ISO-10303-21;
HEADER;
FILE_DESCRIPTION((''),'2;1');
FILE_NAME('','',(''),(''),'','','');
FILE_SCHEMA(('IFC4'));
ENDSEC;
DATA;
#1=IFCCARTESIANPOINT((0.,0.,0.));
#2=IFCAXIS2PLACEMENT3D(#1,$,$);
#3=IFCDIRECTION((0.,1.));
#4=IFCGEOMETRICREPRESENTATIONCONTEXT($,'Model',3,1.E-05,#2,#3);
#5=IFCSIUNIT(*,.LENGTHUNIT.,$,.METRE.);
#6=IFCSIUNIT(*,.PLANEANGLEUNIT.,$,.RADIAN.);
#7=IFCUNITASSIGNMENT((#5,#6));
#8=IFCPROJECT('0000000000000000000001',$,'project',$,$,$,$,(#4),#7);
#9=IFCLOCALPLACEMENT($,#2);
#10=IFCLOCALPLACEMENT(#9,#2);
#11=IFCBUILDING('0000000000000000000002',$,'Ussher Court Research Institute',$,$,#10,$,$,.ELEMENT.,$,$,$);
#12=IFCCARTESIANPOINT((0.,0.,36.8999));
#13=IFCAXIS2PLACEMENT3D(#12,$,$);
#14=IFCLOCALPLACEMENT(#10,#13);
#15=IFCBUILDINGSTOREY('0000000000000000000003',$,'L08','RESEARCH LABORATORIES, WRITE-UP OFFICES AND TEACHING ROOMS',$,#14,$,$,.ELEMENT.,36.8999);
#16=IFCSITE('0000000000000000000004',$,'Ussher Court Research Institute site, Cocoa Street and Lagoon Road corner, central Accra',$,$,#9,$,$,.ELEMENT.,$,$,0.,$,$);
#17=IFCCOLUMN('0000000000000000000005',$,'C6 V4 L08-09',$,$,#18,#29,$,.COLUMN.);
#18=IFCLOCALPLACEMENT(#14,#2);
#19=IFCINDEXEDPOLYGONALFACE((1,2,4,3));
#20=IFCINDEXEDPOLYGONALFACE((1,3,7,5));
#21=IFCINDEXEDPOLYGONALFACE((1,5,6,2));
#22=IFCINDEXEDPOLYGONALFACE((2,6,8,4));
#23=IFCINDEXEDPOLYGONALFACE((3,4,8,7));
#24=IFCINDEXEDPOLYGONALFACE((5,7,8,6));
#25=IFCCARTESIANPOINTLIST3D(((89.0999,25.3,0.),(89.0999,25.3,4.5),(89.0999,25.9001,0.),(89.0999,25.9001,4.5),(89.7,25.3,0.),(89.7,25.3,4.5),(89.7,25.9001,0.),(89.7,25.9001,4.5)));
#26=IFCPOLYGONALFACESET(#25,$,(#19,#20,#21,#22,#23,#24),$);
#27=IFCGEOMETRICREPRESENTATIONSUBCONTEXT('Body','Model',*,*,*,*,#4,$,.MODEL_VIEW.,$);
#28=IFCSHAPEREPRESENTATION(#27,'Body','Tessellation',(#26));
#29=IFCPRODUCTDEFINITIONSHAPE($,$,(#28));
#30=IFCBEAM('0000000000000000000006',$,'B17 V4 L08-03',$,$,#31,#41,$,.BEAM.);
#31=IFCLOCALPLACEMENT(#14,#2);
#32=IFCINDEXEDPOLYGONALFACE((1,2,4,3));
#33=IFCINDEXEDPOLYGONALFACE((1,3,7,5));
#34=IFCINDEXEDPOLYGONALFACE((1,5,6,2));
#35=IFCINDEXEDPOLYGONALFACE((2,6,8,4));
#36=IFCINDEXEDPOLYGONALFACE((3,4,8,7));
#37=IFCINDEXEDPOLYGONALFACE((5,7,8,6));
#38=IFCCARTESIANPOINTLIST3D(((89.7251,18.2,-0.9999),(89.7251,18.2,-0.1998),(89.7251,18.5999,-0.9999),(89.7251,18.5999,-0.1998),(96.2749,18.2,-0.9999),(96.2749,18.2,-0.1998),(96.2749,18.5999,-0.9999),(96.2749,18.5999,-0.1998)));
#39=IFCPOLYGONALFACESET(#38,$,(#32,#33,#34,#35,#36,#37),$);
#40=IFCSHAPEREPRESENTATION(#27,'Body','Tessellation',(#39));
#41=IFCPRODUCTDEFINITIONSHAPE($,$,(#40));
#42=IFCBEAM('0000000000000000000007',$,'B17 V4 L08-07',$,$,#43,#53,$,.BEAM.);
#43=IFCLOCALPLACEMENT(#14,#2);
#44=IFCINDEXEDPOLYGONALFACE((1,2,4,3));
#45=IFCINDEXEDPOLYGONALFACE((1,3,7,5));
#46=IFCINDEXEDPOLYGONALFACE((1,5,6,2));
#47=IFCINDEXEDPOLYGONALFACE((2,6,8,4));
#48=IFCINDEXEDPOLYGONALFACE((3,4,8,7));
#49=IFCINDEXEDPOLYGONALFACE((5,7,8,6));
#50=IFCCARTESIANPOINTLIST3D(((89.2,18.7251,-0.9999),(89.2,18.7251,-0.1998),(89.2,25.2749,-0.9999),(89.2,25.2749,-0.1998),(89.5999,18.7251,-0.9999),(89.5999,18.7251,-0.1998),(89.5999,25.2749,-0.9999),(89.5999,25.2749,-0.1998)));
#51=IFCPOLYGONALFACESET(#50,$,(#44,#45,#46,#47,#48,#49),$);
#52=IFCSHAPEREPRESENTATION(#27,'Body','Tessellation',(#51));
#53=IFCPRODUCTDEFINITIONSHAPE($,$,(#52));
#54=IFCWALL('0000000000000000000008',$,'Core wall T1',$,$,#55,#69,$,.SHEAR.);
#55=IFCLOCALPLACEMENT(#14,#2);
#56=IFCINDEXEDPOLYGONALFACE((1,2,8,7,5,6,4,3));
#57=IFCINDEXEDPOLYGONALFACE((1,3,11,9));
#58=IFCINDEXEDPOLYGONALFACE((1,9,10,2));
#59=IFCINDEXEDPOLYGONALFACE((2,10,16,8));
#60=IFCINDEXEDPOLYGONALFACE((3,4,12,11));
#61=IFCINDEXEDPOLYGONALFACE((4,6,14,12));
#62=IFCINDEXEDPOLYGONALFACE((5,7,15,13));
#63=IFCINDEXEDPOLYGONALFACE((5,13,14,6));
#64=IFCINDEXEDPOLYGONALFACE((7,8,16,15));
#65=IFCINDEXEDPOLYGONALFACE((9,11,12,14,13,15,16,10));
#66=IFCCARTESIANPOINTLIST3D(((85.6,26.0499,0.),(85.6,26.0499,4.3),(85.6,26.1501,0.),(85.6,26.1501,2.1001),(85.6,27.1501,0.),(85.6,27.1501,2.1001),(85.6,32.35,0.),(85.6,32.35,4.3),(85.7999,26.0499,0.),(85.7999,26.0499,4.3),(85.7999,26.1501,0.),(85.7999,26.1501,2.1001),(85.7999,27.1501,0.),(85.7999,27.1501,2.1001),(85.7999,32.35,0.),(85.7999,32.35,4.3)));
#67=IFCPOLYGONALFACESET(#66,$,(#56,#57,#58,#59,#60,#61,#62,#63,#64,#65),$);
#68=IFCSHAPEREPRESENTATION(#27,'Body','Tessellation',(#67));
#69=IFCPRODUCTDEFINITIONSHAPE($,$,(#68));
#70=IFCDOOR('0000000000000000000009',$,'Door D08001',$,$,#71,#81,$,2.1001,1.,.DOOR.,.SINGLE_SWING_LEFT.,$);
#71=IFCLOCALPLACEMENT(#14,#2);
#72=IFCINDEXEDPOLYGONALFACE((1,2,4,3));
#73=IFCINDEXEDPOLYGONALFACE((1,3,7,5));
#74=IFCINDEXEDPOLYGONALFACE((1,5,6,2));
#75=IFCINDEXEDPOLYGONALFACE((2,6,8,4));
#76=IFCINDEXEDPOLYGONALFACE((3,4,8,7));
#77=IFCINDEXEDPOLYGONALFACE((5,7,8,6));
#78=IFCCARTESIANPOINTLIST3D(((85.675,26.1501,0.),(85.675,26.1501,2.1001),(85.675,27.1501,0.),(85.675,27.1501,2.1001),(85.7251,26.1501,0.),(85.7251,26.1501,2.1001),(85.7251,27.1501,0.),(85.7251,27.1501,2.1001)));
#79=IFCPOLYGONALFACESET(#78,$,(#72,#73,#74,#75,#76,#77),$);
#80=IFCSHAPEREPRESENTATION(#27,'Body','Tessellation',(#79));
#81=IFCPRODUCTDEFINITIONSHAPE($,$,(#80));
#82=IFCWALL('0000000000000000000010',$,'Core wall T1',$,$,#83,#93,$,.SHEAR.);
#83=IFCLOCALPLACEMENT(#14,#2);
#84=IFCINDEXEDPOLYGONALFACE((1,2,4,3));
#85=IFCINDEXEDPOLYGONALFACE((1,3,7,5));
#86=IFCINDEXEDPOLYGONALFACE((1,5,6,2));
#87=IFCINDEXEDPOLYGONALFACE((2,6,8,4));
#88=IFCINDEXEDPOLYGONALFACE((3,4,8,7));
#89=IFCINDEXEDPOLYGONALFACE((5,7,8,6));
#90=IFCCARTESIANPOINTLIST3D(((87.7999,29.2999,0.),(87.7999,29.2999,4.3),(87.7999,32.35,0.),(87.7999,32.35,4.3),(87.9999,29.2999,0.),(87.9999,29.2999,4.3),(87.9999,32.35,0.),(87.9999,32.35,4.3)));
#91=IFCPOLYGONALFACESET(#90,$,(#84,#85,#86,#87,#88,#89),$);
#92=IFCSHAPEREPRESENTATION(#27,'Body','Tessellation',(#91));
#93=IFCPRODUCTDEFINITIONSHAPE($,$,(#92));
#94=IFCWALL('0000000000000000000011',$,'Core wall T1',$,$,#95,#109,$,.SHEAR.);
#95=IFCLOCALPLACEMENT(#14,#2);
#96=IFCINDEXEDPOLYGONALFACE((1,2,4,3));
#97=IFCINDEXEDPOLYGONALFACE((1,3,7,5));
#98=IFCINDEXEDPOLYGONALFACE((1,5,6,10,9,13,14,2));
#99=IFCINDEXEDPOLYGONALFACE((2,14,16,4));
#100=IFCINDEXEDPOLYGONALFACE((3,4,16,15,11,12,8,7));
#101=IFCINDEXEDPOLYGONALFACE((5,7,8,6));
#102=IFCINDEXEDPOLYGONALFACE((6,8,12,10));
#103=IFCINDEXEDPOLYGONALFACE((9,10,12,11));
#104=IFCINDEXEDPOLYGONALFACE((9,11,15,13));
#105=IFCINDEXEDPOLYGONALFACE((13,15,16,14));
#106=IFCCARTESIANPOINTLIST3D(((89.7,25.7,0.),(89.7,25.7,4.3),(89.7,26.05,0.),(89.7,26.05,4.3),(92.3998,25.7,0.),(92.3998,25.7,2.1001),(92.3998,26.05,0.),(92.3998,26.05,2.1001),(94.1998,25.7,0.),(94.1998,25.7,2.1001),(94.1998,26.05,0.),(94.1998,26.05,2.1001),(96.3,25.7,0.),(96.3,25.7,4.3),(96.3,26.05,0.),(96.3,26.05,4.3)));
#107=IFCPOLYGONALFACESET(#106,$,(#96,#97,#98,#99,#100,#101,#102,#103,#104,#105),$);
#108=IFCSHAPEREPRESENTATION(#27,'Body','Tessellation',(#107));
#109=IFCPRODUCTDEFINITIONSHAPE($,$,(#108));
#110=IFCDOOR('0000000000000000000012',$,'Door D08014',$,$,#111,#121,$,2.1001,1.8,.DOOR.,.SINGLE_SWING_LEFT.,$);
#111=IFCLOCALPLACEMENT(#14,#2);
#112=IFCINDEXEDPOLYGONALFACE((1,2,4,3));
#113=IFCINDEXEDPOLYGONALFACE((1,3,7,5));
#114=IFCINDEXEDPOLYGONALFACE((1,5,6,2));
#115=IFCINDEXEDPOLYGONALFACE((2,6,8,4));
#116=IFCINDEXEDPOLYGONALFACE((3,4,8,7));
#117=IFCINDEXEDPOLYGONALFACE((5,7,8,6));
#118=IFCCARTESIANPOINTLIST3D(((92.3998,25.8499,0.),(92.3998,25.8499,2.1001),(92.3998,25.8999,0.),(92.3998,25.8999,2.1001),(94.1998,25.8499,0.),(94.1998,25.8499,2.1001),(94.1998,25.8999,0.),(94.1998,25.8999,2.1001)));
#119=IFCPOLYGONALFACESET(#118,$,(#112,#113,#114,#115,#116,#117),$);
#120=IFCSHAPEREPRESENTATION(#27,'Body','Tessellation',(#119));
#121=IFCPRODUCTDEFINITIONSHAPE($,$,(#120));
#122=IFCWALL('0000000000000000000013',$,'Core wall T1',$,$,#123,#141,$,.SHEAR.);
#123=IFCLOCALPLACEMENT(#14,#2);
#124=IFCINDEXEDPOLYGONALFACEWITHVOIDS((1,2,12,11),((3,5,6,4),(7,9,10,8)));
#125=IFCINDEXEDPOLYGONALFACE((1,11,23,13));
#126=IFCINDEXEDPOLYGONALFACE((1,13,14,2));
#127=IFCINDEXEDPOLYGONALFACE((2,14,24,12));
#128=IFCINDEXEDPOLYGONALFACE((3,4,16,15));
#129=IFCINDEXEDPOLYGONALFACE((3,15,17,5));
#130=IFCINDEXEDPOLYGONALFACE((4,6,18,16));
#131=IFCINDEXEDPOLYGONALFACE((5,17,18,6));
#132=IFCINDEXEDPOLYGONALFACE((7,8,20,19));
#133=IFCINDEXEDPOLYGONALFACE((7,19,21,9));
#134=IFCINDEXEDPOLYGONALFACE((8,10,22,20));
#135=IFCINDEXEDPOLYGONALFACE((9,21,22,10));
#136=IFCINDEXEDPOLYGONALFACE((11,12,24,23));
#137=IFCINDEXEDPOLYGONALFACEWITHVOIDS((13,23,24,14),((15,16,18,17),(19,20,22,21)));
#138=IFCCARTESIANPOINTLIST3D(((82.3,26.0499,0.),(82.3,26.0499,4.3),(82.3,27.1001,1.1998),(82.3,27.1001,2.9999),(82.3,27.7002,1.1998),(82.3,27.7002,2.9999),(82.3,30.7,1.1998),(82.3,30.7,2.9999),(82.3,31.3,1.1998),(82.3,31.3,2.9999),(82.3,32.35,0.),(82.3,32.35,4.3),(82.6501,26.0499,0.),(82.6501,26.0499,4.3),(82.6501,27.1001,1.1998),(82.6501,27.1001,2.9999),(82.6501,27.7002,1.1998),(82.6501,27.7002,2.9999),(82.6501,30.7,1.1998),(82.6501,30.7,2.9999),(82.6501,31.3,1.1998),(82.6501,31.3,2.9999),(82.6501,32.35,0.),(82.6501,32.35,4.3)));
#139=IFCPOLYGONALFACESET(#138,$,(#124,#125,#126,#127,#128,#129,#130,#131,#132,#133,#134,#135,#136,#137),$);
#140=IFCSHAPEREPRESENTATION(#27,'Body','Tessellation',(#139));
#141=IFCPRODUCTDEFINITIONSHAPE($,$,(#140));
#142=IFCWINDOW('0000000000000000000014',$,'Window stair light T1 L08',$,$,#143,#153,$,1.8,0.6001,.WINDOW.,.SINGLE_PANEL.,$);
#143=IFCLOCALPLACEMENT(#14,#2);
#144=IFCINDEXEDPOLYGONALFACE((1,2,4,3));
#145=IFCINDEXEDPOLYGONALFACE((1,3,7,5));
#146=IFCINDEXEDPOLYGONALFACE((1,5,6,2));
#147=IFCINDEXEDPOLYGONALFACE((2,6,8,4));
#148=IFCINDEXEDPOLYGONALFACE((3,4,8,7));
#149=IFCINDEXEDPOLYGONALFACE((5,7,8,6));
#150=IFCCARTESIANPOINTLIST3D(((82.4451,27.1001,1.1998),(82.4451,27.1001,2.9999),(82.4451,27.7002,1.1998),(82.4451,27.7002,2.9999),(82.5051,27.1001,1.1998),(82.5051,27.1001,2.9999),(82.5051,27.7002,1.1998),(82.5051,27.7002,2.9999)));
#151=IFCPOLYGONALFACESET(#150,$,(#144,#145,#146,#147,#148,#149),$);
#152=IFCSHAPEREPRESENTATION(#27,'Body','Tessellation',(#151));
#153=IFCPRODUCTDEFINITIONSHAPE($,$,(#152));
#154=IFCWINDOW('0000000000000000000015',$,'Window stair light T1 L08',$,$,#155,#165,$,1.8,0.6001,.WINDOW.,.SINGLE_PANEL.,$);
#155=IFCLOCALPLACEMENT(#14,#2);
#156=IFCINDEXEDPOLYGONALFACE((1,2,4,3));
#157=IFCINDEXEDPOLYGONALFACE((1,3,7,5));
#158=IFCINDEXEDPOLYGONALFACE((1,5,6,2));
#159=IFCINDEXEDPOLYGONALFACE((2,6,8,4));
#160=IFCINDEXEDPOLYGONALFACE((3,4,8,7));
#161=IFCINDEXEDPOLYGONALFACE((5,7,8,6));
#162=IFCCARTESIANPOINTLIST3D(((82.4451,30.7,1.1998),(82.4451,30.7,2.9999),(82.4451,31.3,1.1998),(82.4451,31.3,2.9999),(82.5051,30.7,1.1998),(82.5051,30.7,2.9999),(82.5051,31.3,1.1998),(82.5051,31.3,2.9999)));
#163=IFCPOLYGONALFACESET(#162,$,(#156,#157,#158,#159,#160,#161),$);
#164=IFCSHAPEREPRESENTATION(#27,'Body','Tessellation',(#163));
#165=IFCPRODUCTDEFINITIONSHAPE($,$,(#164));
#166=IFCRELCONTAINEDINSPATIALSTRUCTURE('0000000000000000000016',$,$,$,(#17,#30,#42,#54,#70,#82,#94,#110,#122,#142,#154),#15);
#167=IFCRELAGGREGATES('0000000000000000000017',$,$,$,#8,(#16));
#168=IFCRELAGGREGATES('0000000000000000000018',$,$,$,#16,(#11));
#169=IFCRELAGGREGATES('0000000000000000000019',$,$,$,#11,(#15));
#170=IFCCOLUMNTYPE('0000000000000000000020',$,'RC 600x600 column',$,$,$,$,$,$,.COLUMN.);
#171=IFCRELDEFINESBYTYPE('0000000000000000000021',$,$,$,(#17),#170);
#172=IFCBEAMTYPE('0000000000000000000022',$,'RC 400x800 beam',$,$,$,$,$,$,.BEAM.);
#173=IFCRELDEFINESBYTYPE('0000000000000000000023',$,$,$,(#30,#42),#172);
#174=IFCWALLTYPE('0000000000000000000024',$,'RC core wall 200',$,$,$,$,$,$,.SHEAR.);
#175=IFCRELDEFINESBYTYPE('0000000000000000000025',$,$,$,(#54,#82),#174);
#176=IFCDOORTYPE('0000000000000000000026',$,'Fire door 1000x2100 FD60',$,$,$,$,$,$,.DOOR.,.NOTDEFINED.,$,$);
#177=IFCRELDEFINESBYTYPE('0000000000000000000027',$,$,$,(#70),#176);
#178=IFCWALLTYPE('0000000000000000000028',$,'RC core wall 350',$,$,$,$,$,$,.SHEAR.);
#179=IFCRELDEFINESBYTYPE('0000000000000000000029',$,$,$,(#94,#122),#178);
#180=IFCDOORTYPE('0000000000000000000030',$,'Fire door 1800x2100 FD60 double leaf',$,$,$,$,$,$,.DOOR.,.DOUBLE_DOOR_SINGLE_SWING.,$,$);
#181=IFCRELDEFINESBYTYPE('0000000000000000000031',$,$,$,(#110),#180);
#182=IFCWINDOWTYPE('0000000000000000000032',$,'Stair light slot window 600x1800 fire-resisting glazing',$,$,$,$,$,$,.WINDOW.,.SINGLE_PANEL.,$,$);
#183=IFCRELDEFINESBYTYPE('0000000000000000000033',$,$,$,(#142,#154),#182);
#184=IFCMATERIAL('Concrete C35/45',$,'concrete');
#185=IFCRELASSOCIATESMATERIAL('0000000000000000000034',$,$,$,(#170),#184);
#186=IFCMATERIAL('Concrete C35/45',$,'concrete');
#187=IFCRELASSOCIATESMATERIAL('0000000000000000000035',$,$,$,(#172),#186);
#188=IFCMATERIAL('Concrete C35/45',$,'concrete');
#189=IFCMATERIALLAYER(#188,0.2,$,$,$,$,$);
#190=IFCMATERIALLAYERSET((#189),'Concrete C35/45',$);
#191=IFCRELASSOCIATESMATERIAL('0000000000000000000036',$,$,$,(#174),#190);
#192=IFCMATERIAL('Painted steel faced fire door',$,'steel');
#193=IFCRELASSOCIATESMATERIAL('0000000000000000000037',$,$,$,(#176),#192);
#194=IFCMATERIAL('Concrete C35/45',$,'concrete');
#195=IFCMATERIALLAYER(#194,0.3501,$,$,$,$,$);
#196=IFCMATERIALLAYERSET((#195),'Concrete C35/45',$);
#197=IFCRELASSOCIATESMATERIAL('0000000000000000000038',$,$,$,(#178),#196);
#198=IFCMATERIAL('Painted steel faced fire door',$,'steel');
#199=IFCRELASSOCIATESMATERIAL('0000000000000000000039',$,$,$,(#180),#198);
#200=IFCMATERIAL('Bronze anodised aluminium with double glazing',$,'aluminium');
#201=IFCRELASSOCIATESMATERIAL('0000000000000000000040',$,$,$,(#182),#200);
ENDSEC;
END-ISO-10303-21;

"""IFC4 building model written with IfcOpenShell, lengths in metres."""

from ifc_helpers import new_model, si_unit, direction, frame, frame_2d, origin, origin_2d, place, context, subcontext, project, spatial, rectangle, extrude, material, layer, layer_set, material_profile, profile_set, type_object, element, fill, save


model = new_model("IFC4")

# Units and contexts
model_context = context("Model", 3, precision=1e-05, world=origin(), true_north=direction((0.0, 1.0)))
body_context = subcontext(model_context, "Body", "Model", "MODEL_VIEW")
ifc_project = project(units=[si_unit("LENGTHUNIT", "METRE"), si_unit("PLANEANGLEUNIT", "RADIAN")], contexts=[model_context])

# Site, building, storey
site_placement = place(None, origin())
site = spatial("IfcSite", under=ifc_project, at=site_placement, Name="Ussher Court Research Institute site, Cocoa Street and Lagoon Road corner, central Accra", CompositionType="ELEMENT", RefElevation=0.0)
building_placement = place(site_placement, origin())
building = spatial("IfcBuilding", under=site, at=building_placement, Name="Ussher Court Research Institute", CompositionType="ELEMENT")
storey_placement = place(building_placement, frame((0.0, 0.0, 36.8999)))
storey = spatial("IfcBuildingStorey", under=building, at=storey_placement, Name="L08", Description="RESEARCH LABORATORIES, WRITE-UP OFFICES AND TEACHING ROOMS", CompositionType="ELEMENT", Elevation=36.8999)

# Column
ifc_material_1 = material(Name="Concrete C35/45", Category="concrete")
ifc_material_profile_1 = material_profile(ifc_material_1, rectangle(XDim=0.6001, YDim=0.6001, at=origin_2d()), Name="RC 600x600")
ifc_profile_set_1 = profile_set([ifc_material_profile_1], Name="Concrete C35/45")
column_type = type_object("IfcColumnType", Name="RC 600x600 column", PredefinedType="COLUMN", material=ifc_profile_set_1)
column_placement = place(storey_placement, frame((89.3999, 25.6001, 0.0), z_axis=(0.0, 0.0, 1.0), x_axis=(1.0, 0.0, 0.0)))
element("IfcColumn", 1, at=column_placement, inside=storey, type_object=column_type, Name="C6 V4 L08-09", PredefinedType="COLUMN", context=body_context, shape_type="SweptSolid", body=[
    extrude(rectangle(XDim=0.6001, YDim=0.6001, at=origin_2d()), origin(), (0.0, 0.0, 1.0), 4.5),
])

# Beams
ifc_material_2 = material(Name="Concrete C35/45", Category="concrete")
ifc_material_profile_2 = material_profile(ifc_material_2, rectangle(XDim=0.3999, YDim=0.8, at=origin_2d()), Name="RC 400x800")
ifc_profile_set_2 = profile_set([ifc_material_profile_2], Name="Concrete C35/45")
beam_type = type_object("IfcBeamType", Name="RC 400x800 beam", PredefinedType="BEAM", material=ifc_profile_set_2)
for number, where, z_axis, x_axis, name in (
    (2, (89.7251, 18.3999, -0.5999), (1.0, 0.0, 0.0), (0.0, 1.0, 0.0), "B17 V4 L08-03"),
    (3, (89.3999, 18.7251, -0.5999), (0.0, 1.0, 0.0), (-1.0, 0.0, 0.0), "B17 V4 L08-07"),
):
    element("IfcBeam", number, at=place(storey_placement, frame(where, z_axis=z_axis, x_axis=x_axis)), inside=storey, type_object=beam_type, Name=name, PredefinedType="BEAM", context=body_context, shape_type="SweptSolid", body=[
        extrude(rectangle(XDim=0.3999, YDim=0.8, at=origin_2d()), origin(), (0.0, 0.0, 1.0), 6.5498),
    ])

# Wall, opening, door
ifc_material_3 = material(Name="Concrete C35/45", Category="concrete")
ifc_layer_1 = layer(ifc_material_3, 0.2)
ifc_layer_set_1 = layer_set([ifc_layer_1], Name="Concrete C35/45")
wall_type_1 = type_object("IfcWallType", Name="RC core wall 200", PredefinedType="SHEAR", material=ifc_layer_set_1)
wall_1_placement = place(storey_placement, frame((85.7, 26.05, 0.0), z_axis=(0.0, 0.0, 1.0), x_axis=(0.0, 1.0, 0.0)))
wall_1 = element("IfcWall", 4, at=wall_1_placement, inside=storey, type_object=wall_type_1, Name="Core wall T1", PredefinedType="SHEAR", context=body_context, shape_type="SweptSolid", body=[
    extrude(rectangle(XDim=6.3, YDim=0.2, at=frame_2d((3.1499, 0.0))), origin(), (0.0, 0.0, 1.0), 4.3),
])
opening_1_placement = place(wall_1_placement, frame((0.1001, 0.0, 0.0)))
opening_1 = element("IfcOpeningElement", 5, at=opening_1_placement, cuts=wall_1, PredefinedType="OPENING", context=body_context, shape_type="SweptSolid", body=[
    extrude(rectangle(XDim=1.0, YDim=2.1001, at=frame_2d((0.5, 1.05))), frame((0.0, 0.1099, 0.0), z_axis=(0.0, -1.0, 0.0), x_axis=(1.0, 0.0, 0.0)), (0.0, 0.0, 1.0), 0.22),
])
ifc_material_4 = material(Name="Painted steel faced fire door", Category="steel")
door_type_1 = type_object("IfcDoorType", Name="Fire door 1000x2100 FD60", OperationType="NOTDEFINED", PredefinedType="DOOR", material=ifc_material_4)
door_1_placement = place(opening_1_placement, origin())
door_1 = element("IfcDoor", 6, at=door_1_placement, inside=storey, type_object=door_type_1, Name="Door D08001", OperationType="SINGLE_SWING_LEFT", OverallHeight=2.1001, OverallWidth=1.0, PredefinedType="DOOR", context=body_context, shape_type="SweptSolid", body=[
    extrude(rectangle(XDim=1.0, YDim=2.1001, at=frame_2d((0.5, 1.05))), frame((0.0, 0.0249, 0.0), z_axis=(0.0, -1.0, 0.0), x_axis=(1.0, 0.0, 0.0)), (0.0, 0.0, 1.0), 0.05),
])
fill(opening_1, door_1)

# Wall
wall_2_placement = place(storey_placement, frame((87.8999, 29.3, 0.0), z_axis=(0.0, 0.0, 1.0), x_axis=(0.0, 1.0, 0.0)))
element("IfcWall", 7, at=wall_2_placement, inside=storey, type_object=wall_type_1, Name="Core wall T1", PredefinedType="SHEAR", context=body_context, shape_type="SweptSolid", body=[
    extrude(rectangle(XDim=3.05, YDim=0.2, at=frame_2d((1.5249, 0.0))), origin(), (0.0, 0.0, 1.0), 4.3),
])

# Wall, opening, door
ifc_material_5 = material(Name="Concrete C35/45", Category="concrete")
ifc_layer_2 = layer(ifc_material_5, 0.3501)
ifc_layer_set_2 = layer_set([ifc_layer_2], Name="Concrete C35/45")
wall_type_2 = type_object("IfcWallType", Name="RC core wall 350", PredefinedType="SHEAR", material=ifc_layer_set_2)
wall_3_placement = place(storey_placement, frame((89.7, 25.875, 0.0), z_axis=(0.0, 0.0, 1.0), x_axis=(1.0, 0.0, 0.0)))
wall_3 = element("IfcWall", 8, at=wall_3_placement, inside=storey, type_object=wall_type_2, Name="Core wall T1", PredefinedType="SHEAR", context=body_context, shape_type="SweptSolid", body=[
    extrude(rectangle(XDim=6.6001, YDim=0.3501, at=frame_2d((3.3, 0.0))), origin(), (0.0, 0.0, 1.0), 4.3),
])
opening_2_placement = place(wall_3_placement, frame((2.7, 0.0, 0.0)))
opening_2 = element("IfcOpeningElement", 9, at=opening_2_placement, cuts=wall_3, PredefinedType="OPENING", context=body_context, shape_type="SweptSolid", body=[
    extrude(rectangle(XDim=1.8, YDim=2.1001, at=frame_2d((0.8999, 1.05))), frame((0.0, 0.1851, 0.0), z_axis=(0.0, -1.0, 0.0), x_axis=(1.0, 0.0, 0.0)), (0.0, 0.0, 1.0), 0.3701),
])
ifc_material_6 = material(Name="Painted steel faced fire door", Category="steel")
door_type_2 = type_object("IfcDoorType", Name="Fire door 1800x2100 FD60 double leaf", OperationType="DOUBLE_DOOR_SINGLE_SWING", PredefinedType="DOOR", material=ifc_material_6)
door_2_placement = place(opening_2_placement, origin())
door_2 = element("IfcDoor", 10, at=door_2_placement, inside=storey, type_object=door_type_2, Name="Door D08014", OperationType="SINGLE_SWING_LEFT", OverallHeight=2.1001, OverallWidth=1.8, PredefinedType="DOOR", context=body_context, shape_type="SweptSolid", body=[
    extrude(rectangle(XDim=1.8, YDim=2.1001, at=frame_2d((0.8999, 1.05))), frame((0.0, 0.0249, 0.0), z_axis=(0.0, -1.0, 0.0), x_axis=(1.0, 0.0, 0.0)), (0.0, 0.0, 1.0), 0.05),
])
fill(opening_2, door_2)

# Wall, openings, windows
wall_4_placement = place(storey_placement, frame((82.4751, 26.05, 0.0), z_axis=(0.0, 0.0, 1.0), x_axis=(0.0, 1.0, 0.0)))
wall_4 = element("IfcWall", 11, at=wall_4_placement, inside=storey, type_object=wall_type_2, Name="Core wall T1", PredefinedType="SHEAR", context=body_context, shape_type="SweptSolid", body=[
    extrude(rectangle(XDim=6.3, YDim=0.3501, at=frame_2d((3.1499, 0.0))), origin(), (0.0, 0.0, 1.0), 4.3),
])
opening_3_placement = place(wall_4_placement, frame((1.05, 0.0, 1.2)))
opening_3 = element("IfcOpeningElement", 12, at=opening_3_placement, cuts=wall_4, PredefinedType="OPENING", context=body_context, shape_type="SweptSolid", body=[
    extrude(rectangle(XDim=0.6001, YDim=1.8, at=frame_2d((0.3, 0.8999))), frame((0.0, 0.1851, 0.0), z_axis=(0.0, -1.0, 0.0), x_axis=(1.0, 0.0, 0.0)), (0.0, 0.0, 1.0), 0.3701),
])
opening_4_placement = place(wall_4_placement, frame((4.6499, 0.0, 1.2)))
opening_4 = element("IfcOpeningElement", 13, at=opening_4_placement, cuts=wall_4, PredefinedType="OPENING", context=body_context, shape_type="SweptSolid", body=[
    extrude(rectangle(XDim=0.6001, YDim=1.8, at=frame_2d((0.3, 0.8999))), frame((0.0, 0.1851, 0.0), z_axis=(0.0, -1.0, 0.0), x_axis=(1.0, 0.0, 0.0)), (0.0, 0.0, 1.0), 0.3701),
])
ifc_material_7 = material(Name="Bronze anodised aluminium with double glazing", Category="aluminium")
window_type = type_object("IfcWindowType", Name="Stair light slot window 600x1800 fire-resisting glazing", PartitioningType="SINGLE_PANEL", PredefinedType="WINDOW", material=ifc_material_7)
window_1_placement = place(opening_3_placement, origin())
window_1 = element("IfcWindow", 14, at=window_1_placement, inside=storey, type_object=window_type, Name="Window stair light T1 L08", OverallHeight=1.8, OverallWidth=0.6001, PartitioningType="SINGLE_PANEL", PredefinedType="WINDOW", context=body_context, shape_type="SweptSolid", body=[
    extrude(rectangle(XDim=0.6001, YDim=1.8, at=frame_2d((0.3, 0.8999))), frame((0.0, 0.03, 0.0), z_axis=(0.0, -1.0, 0.0), x_axis=(1.0, 0.0, 0.0)), (0.0, 0.0, 1.0), 0.0601),
])
fill(opening_3, window_1)
window_2_placement = place(opening_4_placement, origin())
window_2 = element("IfcWindow", 15, at=window_2_placement, inside=storey, type_object=window_type, Name="Window stair light T1 L08", OverallHeight=1.8, OverallWidth=0.6001, PartitioningType="SINGLE_PANEL", PredefinedType="WINDOW", context=body_context, shape_type="SweptSolid", body=[
    extrude(rectangle(XDim=0.6001, YDim=1.8, at=frame_2d((0.3, 0.8999))), frame((0.0, 0.03, 0.0), z_axis=(0.0, -1.0, 0.0), x_axis=(1.0, 0.0, 0.0)), (0.0, 0.0, 1.0), 0.0601),
])
fill(opening_4, window_2)

save(model, "model.ifc")
